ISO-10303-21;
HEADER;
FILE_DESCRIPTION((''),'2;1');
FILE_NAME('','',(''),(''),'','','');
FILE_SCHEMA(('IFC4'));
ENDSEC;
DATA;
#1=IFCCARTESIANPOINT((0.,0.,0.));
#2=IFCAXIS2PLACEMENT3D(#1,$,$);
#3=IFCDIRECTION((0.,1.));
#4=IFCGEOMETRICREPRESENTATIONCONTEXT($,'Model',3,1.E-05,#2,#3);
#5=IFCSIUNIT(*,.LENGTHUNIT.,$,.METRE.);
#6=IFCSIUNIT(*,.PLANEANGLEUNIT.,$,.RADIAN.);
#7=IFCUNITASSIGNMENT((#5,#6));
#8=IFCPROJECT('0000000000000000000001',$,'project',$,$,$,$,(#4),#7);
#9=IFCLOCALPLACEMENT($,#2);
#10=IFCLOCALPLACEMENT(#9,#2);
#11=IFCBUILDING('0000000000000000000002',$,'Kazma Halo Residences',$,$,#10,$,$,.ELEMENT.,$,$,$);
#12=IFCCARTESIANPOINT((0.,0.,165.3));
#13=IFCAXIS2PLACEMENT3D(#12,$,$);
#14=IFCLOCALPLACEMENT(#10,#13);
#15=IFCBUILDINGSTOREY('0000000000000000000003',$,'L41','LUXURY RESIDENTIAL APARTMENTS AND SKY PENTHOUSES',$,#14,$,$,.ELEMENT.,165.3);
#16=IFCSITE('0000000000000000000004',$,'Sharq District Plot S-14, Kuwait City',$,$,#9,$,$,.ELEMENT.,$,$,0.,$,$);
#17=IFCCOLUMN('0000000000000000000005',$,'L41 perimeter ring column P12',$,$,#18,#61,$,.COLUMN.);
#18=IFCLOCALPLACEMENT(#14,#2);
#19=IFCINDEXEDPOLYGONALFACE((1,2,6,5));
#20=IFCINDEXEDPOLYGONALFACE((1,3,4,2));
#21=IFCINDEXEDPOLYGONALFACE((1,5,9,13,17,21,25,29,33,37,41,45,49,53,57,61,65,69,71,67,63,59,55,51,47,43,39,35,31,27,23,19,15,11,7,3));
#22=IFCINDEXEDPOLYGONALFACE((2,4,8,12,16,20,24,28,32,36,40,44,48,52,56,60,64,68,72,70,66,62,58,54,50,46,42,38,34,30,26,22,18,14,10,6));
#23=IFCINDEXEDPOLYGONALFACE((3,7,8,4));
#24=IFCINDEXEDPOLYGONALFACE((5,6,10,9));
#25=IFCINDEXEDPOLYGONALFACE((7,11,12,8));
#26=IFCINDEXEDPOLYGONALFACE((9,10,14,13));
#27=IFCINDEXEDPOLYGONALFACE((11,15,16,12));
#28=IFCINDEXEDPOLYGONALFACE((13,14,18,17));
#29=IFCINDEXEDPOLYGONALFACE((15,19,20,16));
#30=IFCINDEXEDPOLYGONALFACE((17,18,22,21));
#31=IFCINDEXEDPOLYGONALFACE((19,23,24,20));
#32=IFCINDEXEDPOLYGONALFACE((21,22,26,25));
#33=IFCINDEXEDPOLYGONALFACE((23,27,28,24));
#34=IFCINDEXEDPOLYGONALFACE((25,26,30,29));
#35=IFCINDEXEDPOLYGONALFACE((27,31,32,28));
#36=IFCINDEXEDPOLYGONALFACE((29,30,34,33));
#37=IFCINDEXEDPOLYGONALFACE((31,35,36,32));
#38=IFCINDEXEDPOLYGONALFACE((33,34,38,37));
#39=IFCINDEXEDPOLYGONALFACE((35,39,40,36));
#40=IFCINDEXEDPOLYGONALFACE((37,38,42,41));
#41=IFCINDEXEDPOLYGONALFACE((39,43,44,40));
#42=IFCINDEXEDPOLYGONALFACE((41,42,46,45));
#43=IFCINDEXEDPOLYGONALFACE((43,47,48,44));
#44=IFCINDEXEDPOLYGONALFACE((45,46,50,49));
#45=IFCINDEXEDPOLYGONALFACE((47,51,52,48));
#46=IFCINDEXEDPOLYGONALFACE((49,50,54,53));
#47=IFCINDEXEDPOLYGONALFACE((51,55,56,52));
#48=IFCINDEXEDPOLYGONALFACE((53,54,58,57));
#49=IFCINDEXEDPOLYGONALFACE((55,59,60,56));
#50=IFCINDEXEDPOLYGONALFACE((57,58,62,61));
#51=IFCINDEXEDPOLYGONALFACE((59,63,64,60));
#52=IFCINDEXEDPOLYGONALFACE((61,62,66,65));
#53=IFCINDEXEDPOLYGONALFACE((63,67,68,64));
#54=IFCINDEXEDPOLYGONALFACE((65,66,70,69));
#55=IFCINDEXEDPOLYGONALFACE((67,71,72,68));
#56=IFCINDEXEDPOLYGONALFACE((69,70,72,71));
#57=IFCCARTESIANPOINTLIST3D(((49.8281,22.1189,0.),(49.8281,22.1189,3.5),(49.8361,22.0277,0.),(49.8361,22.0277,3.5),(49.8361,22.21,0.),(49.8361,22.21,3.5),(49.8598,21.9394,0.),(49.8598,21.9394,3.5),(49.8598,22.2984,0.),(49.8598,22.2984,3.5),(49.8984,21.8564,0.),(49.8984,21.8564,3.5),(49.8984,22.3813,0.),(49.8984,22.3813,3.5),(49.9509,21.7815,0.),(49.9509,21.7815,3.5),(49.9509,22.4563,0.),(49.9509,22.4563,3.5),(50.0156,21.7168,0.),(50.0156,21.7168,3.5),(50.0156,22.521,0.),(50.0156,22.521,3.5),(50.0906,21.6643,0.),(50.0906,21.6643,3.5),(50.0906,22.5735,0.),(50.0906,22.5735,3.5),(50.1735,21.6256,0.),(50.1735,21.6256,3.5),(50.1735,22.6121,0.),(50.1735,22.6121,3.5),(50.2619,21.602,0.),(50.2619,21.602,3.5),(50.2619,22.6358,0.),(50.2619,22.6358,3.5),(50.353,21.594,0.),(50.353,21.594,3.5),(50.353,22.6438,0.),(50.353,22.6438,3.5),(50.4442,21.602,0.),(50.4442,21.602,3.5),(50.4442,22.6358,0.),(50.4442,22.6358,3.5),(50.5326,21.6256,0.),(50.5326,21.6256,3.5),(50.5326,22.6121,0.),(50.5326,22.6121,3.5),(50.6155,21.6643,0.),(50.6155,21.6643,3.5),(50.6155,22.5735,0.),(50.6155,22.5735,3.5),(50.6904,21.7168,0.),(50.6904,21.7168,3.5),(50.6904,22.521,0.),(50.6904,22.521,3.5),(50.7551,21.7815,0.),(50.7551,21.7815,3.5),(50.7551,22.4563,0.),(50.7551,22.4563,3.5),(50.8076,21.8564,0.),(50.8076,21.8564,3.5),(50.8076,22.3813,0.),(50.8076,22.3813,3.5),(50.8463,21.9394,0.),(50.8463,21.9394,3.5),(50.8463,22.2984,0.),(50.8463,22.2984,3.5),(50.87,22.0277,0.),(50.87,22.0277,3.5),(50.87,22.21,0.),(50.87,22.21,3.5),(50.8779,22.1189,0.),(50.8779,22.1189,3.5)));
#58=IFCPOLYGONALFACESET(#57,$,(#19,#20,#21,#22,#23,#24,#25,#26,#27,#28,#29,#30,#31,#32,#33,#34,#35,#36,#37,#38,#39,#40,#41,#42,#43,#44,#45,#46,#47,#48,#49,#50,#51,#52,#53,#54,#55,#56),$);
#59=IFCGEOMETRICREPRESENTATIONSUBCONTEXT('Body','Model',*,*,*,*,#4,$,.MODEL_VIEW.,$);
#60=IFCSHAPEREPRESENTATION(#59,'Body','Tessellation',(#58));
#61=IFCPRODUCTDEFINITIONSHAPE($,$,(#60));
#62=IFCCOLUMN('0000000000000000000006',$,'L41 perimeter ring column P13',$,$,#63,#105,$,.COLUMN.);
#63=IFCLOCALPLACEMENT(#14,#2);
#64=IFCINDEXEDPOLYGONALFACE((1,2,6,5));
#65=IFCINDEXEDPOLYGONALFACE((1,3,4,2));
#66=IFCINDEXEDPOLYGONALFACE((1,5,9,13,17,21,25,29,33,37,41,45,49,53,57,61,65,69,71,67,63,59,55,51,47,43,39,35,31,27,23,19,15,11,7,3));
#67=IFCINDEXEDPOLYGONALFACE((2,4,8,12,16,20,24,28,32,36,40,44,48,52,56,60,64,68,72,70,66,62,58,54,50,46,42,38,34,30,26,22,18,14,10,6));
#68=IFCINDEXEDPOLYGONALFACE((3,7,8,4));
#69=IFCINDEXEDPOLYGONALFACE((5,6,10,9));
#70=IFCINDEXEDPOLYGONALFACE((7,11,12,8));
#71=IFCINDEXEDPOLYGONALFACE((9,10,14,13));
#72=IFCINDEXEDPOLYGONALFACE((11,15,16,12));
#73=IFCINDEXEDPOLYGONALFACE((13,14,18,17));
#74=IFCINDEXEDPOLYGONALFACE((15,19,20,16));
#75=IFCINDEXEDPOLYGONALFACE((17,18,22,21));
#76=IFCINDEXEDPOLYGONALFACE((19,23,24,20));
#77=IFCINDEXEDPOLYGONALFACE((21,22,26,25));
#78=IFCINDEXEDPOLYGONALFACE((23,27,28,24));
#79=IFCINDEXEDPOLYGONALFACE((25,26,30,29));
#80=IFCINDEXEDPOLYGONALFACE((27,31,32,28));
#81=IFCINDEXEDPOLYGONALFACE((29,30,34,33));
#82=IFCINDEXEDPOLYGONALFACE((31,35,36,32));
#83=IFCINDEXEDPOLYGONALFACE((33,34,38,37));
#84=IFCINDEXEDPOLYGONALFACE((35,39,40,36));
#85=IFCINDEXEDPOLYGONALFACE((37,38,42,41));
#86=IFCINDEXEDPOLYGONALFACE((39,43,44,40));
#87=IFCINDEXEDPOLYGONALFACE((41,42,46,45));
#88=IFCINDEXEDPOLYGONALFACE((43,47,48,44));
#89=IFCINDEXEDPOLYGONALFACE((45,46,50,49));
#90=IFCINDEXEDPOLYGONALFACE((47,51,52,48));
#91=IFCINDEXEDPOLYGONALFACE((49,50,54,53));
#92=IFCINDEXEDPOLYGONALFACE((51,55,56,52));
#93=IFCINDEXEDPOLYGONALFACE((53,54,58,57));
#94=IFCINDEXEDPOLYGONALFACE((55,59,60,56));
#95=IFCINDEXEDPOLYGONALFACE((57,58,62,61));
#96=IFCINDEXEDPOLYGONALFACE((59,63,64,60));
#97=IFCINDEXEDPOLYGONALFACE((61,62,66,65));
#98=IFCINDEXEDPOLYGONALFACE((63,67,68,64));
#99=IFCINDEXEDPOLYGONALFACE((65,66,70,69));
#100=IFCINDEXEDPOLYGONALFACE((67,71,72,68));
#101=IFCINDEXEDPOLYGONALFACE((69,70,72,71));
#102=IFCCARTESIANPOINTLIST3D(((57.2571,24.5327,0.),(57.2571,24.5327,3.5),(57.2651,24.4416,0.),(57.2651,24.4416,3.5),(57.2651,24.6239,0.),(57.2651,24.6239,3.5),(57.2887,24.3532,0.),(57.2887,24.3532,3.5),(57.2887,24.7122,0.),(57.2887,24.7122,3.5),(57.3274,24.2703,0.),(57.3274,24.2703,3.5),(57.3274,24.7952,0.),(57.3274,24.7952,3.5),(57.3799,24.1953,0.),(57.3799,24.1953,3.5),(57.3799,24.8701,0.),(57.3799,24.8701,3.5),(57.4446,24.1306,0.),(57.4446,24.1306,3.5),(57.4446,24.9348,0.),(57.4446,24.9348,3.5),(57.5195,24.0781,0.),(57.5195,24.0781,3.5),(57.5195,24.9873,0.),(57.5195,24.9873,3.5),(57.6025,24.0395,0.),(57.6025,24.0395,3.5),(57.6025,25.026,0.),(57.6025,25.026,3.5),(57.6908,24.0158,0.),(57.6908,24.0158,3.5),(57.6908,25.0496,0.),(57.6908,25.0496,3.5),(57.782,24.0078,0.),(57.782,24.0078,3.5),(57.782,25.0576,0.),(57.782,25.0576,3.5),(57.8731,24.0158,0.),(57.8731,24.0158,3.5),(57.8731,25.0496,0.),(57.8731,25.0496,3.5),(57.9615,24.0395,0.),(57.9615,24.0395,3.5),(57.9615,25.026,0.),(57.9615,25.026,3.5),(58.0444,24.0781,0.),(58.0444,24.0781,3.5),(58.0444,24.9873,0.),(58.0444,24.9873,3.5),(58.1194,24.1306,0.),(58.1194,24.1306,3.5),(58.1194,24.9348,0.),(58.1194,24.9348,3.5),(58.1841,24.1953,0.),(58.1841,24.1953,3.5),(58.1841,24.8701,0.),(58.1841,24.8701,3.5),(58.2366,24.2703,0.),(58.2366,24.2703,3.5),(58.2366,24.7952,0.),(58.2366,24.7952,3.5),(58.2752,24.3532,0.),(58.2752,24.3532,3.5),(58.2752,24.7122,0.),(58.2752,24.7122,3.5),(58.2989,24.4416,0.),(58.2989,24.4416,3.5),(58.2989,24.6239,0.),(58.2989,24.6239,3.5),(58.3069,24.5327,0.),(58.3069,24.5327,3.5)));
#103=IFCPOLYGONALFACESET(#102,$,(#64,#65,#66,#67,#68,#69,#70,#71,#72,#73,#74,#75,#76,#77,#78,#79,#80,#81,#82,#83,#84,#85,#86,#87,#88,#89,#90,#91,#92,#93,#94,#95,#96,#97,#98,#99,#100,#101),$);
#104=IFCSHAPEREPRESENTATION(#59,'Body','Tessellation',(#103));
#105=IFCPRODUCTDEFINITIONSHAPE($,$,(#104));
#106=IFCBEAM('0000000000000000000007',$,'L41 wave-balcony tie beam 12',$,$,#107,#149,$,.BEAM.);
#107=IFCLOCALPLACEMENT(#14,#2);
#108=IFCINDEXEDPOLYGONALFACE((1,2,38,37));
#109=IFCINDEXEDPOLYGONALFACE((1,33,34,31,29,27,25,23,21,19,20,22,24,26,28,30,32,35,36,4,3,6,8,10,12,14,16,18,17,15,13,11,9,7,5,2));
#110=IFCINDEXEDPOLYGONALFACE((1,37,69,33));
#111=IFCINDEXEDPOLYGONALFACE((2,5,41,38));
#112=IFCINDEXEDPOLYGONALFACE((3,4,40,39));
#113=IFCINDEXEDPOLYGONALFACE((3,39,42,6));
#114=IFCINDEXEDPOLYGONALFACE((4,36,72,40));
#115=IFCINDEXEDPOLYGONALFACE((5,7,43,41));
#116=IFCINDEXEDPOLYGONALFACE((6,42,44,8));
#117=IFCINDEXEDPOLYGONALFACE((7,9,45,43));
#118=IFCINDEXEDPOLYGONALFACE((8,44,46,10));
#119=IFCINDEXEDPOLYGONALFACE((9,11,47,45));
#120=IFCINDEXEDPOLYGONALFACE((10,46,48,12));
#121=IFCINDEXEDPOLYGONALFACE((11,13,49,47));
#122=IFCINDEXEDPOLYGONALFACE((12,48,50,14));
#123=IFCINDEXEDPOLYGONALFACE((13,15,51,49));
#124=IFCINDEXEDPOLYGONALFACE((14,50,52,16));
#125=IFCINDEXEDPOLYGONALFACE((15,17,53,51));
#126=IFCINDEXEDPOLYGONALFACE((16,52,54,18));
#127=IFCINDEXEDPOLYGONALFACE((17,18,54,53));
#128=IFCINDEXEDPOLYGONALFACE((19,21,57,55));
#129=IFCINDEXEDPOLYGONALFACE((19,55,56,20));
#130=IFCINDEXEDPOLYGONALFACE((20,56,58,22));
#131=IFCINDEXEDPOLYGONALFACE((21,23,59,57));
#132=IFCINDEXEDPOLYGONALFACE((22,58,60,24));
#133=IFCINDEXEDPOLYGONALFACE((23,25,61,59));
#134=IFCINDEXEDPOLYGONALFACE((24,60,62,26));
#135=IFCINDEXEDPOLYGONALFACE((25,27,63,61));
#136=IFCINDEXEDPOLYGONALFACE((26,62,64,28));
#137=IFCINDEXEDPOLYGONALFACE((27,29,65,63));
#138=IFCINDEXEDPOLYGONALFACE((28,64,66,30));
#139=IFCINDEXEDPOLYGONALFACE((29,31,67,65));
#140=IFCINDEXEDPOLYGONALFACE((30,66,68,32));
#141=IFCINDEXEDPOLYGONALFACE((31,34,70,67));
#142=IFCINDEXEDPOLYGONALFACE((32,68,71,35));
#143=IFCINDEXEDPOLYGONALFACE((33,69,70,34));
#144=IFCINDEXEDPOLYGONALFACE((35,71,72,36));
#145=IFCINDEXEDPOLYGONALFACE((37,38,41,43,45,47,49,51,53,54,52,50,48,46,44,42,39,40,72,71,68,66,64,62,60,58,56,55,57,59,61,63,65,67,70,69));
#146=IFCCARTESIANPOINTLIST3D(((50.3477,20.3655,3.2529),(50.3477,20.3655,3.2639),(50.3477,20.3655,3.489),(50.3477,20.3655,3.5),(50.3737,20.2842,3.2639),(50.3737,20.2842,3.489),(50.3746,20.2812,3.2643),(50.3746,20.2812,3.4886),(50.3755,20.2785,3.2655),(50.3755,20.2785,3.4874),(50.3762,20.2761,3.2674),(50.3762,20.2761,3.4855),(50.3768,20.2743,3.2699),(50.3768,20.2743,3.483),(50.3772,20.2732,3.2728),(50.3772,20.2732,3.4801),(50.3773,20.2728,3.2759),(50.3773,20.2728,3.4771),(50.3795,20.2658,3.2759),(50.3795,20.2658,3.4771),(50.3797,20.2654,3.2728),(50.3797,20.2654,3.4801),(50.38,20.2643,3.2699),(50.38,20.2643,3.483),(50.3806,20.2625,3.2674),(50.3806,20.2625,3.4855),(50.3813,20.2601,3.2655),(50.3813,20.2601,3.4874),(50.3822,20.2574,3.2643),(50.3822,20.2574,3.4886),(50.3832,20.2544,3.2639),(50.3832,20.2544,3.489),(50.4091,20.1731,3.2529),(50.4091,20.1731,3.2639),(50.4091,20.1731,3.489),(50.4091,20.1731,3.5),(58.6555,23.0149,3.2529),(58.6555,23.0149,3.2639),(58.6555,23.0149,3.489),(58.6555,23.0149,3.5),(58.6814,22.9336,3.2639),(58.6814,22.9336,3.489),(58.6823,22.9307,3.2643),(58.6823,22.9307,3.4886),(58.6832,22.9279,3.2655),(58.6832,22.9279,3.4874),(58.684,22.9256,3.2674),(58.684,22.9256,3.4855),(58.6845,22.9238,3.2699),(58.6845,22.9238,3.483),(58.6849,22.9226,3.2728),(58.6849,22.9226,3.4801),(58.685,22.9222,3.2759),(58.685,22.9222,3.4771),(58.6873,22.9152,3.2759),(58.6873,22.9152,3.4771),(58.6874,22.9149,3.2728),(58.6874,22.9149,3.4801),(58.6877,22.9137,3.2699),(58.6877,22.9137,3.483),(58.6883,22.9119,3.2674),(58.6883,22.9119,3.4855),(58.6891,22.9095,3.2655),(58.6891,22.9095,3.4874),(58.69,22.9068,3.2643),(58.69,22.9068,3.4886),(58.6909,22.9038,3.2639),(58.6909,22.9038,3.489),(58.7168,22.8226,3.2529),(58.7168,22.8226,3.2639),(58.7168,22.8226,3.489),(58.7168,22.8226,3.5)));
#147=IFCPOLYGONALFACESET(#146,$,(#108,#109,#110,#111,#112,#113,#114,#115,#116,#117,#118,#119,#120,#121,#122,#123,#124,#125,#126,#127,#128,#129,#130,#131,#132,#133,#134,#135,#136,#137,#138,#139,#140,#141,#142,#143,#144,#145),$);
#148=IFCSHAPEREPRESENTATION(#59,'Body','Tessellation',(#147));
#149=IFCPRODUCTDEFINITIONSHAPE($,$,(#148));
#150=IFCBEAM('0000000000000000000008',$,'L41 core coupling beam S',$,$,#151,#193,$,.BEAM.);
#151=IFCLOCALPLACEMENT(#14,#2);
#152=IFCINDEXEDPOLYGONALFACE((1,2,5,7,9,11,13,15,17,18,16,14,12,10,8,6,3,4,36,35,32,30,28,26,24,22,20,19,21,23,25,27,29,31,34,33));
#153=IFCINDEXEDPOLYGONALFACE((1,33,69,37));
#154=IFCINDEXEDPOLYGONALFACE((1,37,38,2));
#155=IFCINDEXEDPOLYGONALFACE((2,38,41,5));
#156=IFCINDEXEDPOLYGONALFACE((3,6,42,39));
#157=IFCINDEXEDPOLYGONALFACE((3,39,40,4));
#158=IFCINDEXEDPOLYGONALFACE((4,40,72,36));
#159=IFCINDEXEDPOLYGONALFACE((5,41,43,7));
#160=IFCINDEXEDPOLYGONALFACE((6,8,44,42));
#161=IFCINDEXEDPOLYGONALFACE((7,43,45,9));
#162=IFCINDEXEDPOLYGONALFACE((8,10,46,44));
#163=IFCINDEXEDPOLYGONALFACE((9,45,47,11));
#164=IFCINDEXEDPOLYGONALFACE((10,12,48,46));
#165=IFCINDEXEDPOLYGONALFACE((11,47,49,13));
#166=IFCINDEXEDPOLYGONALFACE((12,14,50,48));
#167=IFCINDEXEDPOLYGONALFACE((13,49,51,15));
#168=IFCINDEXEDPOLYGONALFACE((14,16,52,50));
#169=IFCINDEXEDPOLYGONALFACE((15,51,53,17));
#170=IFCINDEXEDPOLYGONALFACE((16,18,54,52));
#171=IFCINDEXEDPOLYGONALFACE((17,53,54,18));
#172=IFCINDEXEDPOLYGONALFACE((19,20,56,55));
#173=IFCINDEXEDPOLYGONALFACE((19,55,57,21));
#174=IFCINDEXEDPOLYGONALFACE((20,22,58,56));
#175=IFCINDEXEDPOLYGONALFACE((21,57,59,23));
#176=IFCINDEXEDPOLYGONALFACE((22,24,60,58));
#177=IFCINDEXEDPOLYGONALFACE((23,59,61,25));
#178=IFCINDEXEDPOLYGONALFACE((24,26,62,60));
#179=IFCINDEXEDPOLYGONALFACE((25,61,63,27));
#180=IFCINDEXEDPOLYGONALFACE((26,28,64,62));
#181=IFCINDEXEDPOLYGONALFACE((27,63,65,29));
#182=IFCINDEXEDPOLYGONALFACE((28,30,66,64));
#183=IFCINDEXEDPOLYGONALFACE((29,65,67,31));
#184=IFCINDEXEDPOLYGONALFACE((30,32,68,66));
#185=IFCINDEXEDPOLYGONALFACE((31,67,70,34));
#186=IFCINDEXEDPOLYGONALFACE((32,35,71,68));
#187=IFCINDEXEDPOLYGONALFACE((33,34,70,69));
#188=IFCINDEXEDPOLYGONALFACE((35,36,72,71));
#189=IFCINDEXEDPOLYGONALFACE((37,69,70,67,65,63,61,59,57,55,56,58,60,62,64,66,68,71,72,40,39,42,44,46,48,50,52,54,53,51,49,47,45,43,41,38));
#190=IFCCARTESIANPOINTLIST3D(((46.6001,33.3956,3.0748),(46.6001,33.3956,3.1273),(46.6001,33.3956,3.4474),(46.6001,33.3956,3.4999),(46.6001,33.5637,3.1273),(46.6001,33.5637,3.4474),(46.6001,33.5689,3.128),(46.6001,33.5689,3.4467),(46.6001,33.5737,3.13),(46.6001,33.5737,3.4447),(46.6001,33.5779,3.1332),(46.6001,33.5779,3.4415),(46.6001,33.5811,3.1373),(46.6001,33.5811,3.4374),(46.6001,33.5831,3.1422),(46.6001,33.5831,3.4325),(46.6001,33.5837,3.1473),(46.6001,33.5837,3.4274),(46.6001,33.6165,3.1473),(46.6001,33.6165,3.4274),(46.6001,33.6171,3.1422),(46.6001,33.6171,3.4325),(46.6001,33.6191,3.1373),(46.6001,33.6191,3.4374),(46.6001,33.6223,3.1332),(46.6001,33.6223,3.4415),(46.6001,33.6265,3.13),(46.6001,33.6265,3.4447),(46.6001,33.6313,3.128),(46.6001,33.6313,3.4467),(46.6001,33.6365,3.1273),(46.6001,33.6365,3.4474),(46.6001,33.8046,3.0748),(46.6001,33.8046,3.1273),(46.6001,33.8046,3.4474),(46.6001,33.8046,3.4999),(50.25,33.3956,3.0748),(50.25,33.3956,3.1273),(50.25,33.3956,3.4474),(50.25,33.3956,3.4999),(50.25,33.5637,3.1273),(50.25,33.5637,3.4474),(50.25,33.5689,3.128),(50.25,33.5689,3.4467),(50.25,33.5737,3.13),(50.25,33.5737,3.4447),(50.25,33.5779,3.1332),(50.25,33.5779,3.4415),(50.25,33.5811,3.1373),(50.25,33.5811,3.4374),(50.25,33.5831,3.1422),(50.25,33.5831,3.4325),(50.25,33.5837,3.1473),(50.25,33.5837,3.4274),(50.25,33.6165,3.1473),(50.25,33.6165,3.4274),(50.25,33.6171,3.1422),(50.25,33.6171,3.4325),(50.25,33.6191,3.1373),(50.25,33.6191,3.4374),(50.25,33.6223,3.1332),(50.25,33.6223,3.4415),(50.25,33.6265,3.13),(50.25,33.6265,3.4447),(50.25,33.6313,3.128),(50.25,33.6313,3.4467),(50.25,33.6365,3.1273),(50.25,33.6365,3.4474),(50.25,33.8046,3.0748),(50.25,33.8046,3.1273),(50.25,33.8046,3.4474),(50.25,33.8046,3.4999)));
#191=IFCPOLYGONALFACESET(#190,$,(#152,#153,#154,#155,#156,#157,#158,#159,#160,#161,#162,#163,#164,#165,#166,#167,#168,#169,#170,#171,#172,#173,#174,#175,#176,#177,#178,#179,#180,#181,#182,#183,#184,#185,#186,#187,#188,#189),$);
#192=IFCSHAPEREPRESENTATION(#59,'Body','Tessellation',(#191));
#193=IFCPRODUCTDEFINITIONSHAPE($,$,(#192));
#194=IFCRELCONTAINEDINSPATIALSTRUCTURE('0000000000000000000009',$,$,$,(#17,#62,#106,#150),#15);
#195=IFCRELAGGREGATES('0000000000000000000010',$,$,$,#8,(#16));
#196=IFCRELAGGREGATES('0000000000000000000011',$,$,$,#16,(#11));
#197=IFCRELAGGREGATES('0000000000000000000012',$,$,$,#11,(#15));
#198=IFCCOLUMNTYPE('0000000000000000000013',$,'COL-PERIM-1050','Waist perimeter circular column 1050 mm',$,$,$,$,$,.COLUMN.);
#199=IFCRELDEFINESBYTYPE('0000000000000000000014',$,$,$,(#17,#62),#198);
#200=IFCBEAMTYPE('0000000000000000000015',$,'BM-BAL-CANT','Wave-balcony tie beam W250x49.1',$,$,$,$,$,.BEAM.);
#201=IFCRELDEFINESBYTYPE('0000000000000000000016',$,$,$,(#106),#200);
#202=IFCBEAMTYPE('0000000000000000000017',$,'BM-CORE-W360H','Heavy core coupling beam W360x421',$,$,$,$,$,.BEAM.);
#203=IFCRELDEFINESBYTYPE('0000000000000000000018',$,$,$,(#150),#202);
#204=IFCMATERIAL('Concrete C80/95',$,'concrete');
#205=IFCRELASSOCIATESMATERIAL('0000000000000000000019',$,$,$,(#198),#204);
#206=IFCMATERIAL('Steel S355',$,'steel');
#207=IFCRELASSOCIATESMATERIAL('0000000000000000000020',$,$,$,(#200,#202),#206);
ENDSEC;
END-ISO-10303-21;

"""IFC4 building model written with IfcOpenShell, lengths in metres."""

from ifc_helpers import new_model, si_unit, direction, frame, origin, origin_2d, place, context, subcontext, project, spatial, circle, i_section, extrude, material, material_profile, profile_set, type_object, element, save


model = new_model("IFC4")

# Units and contexts
model_context = context("Model", 3, precision=1e-05, world=origin(), true_north=direction((0.0, 1.0)))
body_context = subcontext(model_context, "Body", "Model", "MODEL_VIEW")
ifc_project = project(units=[si_unit("LENGTHUNIT", "METRE"), si_unit("PLANEANGLEUNIT", "RADIAN")], contexts=[model_context])

# Site, building, storey
site_placement = place(None, origin())
site = spatial("IfcSite", under=ifc_project, at=site_placement, Name="Sharq District Plot S-14, Kuwait City", CompositionType="ELEMENT", RefElevation=0.0)
building_placement = place(site_placement, origin())
building = spatial("IfcBuilding", under=site, at=building_placement, Name="Kazma Halo Residences", CompositionType="ELEMENT")
storey_placement = place(building_placement, frame((0.0, 0.0, 165.3)))
storey = spatial("IfcBuildingStorey", under=building, at=storey_placement, Name="L41", Description="LUXURY RESIDENTIAL APARTMENTS AND SKY PENTHOUSES", CompositionType="ELEMENT", Elevation=165.3)

# Columns
ifc_material_1 = material(Name="Concrete C80/95", Category="concrete")
ifc_material_profile_1 = material_profile(ifc_material_1, circle(Radius=0.5249, at=origin_2d()), Name="CIRC1050")
ifc_profile_set_1 = profile_set([ifc_material_profile_1], Name="Concrete C80/95")
column_type = type_object("IfcColumnType", Name="COL-PERIM-1050", Description="Waist perimeter circular column 1050 mm", PredefinedType="COLUMN", material=ifc_profile_set_1)
for number, where, z_axis, x_axis, name in (
    (1, (50.353, 22.1189, 0.0), (0.0, 0.0, 1.0), (1.0, 0.0, 0.0), "L41 perimeter ring column P12"),
    (2, (57.782, 24.5327, 0.0), (0.0, 0.0, 1.0), (1.0, 0.0, 0.0), "L41 perimeter ring column P13"),
):
    element("IfcColumn", number, at=place(storey_placement, frame(where, z_axis=z_axis, x_axis=x_axis)), inside=storey, type_object=column_type, Name=name, PredefinedType="COLUMN", context=body_context, shape_type="SweptSolid", body=[
        extrude(circle(Radius=0.5249, at=origin_2d()), origin(), (0.0, 0.0, 1.0), 3.5),
    ])

# Beams
ifc_material_2 = material(Name="Steel S355", Category="steel")
ifc_material_profile_2 = material_profile(ifc_material_2, i_section(OverallWidth=0.2019, OverallDepth=0.2471, WebThickness=0.0073, FlangeThickness=0.011, FilletRadius=0.012, at=origin_2d()), Name="W250x49.1")
ifc_profile_set_2 = profile_set([ifc_material_profile_2], Name="Steel S355")
beam_type_1 = type_object("IfcBeamType", Name="BM-BAL-CANT", Description="Wave-balcony tie beam W250x49.1", PredefinedType="BEAM", material=ifc_profile_set_2)
beam_1_placement = place(storey_placement, frame((50.3784, 20.2693, 3.3765), z_axis=(0.952724, 0.303837, 0.0), x_axis=(-0.303837, 0.952724, 0.0)))
element("IfcBeam", 3, at=beam_1_placement, inside=storey, type_object=beam_type_1, Name="L41 wave-balcony tie beam 12", PredefinedType="BEAM", context=body_context, shape_type="SweptSolid", body=[
    extrude(i_section(OverallWidth=0.2019, OverallDepth=0.2471, WebThickness=0.0073, FlangeThickness=0.011, FilletRadius=0.012, at=origin_2d()), origin(), (0.0, 0.0, 1.0), 8.72),
])
ifc_material_profile_3 = material_profile(ifc_material_2, i_section(OverallWidth=0.4089, OverallDepth=0.425, WebThickness=0.0327, FlangeThickness=0.0525, FilletRadius=0.02, at=origin_2d()), Name="W360x421")
ifc_profile_set_3 = profile_set([ifc_material_profile_3], Name="Steel S355")
beam_type_2 = type_object("IfcBeamType", Name="BM-CORE-W360H", Description="Heavy core coupling beam W360x421", PredefinedType="BEAM", material=ifc_profile_set_3)
beam_2_placement = place(storey_placement, frame((46.6001, 33.6001, 3.2874), z_axis=(1.0, 0.0, 0.0), x_axis=(0.0, 1.0, 0.0)))
element("IfcBeam", 4, at=beam_2_placement, inside=storey, type_object=beam_type_2, Name="L41 core coupling beam S", PredefinedType="BEAM", context=body_context, shape_type="SweptSolid", body=[
    extrude(i_section(OverallWidth=0.4089, OverallDepth=0.425, WebThickness=0.0327, FlangeThickness=0.0525, FilletRadius=0.02, at=origin_2d()), origin(), (0.0, 0.0, 1.0), 3.6499),
])

save(model, "model.ifc")
